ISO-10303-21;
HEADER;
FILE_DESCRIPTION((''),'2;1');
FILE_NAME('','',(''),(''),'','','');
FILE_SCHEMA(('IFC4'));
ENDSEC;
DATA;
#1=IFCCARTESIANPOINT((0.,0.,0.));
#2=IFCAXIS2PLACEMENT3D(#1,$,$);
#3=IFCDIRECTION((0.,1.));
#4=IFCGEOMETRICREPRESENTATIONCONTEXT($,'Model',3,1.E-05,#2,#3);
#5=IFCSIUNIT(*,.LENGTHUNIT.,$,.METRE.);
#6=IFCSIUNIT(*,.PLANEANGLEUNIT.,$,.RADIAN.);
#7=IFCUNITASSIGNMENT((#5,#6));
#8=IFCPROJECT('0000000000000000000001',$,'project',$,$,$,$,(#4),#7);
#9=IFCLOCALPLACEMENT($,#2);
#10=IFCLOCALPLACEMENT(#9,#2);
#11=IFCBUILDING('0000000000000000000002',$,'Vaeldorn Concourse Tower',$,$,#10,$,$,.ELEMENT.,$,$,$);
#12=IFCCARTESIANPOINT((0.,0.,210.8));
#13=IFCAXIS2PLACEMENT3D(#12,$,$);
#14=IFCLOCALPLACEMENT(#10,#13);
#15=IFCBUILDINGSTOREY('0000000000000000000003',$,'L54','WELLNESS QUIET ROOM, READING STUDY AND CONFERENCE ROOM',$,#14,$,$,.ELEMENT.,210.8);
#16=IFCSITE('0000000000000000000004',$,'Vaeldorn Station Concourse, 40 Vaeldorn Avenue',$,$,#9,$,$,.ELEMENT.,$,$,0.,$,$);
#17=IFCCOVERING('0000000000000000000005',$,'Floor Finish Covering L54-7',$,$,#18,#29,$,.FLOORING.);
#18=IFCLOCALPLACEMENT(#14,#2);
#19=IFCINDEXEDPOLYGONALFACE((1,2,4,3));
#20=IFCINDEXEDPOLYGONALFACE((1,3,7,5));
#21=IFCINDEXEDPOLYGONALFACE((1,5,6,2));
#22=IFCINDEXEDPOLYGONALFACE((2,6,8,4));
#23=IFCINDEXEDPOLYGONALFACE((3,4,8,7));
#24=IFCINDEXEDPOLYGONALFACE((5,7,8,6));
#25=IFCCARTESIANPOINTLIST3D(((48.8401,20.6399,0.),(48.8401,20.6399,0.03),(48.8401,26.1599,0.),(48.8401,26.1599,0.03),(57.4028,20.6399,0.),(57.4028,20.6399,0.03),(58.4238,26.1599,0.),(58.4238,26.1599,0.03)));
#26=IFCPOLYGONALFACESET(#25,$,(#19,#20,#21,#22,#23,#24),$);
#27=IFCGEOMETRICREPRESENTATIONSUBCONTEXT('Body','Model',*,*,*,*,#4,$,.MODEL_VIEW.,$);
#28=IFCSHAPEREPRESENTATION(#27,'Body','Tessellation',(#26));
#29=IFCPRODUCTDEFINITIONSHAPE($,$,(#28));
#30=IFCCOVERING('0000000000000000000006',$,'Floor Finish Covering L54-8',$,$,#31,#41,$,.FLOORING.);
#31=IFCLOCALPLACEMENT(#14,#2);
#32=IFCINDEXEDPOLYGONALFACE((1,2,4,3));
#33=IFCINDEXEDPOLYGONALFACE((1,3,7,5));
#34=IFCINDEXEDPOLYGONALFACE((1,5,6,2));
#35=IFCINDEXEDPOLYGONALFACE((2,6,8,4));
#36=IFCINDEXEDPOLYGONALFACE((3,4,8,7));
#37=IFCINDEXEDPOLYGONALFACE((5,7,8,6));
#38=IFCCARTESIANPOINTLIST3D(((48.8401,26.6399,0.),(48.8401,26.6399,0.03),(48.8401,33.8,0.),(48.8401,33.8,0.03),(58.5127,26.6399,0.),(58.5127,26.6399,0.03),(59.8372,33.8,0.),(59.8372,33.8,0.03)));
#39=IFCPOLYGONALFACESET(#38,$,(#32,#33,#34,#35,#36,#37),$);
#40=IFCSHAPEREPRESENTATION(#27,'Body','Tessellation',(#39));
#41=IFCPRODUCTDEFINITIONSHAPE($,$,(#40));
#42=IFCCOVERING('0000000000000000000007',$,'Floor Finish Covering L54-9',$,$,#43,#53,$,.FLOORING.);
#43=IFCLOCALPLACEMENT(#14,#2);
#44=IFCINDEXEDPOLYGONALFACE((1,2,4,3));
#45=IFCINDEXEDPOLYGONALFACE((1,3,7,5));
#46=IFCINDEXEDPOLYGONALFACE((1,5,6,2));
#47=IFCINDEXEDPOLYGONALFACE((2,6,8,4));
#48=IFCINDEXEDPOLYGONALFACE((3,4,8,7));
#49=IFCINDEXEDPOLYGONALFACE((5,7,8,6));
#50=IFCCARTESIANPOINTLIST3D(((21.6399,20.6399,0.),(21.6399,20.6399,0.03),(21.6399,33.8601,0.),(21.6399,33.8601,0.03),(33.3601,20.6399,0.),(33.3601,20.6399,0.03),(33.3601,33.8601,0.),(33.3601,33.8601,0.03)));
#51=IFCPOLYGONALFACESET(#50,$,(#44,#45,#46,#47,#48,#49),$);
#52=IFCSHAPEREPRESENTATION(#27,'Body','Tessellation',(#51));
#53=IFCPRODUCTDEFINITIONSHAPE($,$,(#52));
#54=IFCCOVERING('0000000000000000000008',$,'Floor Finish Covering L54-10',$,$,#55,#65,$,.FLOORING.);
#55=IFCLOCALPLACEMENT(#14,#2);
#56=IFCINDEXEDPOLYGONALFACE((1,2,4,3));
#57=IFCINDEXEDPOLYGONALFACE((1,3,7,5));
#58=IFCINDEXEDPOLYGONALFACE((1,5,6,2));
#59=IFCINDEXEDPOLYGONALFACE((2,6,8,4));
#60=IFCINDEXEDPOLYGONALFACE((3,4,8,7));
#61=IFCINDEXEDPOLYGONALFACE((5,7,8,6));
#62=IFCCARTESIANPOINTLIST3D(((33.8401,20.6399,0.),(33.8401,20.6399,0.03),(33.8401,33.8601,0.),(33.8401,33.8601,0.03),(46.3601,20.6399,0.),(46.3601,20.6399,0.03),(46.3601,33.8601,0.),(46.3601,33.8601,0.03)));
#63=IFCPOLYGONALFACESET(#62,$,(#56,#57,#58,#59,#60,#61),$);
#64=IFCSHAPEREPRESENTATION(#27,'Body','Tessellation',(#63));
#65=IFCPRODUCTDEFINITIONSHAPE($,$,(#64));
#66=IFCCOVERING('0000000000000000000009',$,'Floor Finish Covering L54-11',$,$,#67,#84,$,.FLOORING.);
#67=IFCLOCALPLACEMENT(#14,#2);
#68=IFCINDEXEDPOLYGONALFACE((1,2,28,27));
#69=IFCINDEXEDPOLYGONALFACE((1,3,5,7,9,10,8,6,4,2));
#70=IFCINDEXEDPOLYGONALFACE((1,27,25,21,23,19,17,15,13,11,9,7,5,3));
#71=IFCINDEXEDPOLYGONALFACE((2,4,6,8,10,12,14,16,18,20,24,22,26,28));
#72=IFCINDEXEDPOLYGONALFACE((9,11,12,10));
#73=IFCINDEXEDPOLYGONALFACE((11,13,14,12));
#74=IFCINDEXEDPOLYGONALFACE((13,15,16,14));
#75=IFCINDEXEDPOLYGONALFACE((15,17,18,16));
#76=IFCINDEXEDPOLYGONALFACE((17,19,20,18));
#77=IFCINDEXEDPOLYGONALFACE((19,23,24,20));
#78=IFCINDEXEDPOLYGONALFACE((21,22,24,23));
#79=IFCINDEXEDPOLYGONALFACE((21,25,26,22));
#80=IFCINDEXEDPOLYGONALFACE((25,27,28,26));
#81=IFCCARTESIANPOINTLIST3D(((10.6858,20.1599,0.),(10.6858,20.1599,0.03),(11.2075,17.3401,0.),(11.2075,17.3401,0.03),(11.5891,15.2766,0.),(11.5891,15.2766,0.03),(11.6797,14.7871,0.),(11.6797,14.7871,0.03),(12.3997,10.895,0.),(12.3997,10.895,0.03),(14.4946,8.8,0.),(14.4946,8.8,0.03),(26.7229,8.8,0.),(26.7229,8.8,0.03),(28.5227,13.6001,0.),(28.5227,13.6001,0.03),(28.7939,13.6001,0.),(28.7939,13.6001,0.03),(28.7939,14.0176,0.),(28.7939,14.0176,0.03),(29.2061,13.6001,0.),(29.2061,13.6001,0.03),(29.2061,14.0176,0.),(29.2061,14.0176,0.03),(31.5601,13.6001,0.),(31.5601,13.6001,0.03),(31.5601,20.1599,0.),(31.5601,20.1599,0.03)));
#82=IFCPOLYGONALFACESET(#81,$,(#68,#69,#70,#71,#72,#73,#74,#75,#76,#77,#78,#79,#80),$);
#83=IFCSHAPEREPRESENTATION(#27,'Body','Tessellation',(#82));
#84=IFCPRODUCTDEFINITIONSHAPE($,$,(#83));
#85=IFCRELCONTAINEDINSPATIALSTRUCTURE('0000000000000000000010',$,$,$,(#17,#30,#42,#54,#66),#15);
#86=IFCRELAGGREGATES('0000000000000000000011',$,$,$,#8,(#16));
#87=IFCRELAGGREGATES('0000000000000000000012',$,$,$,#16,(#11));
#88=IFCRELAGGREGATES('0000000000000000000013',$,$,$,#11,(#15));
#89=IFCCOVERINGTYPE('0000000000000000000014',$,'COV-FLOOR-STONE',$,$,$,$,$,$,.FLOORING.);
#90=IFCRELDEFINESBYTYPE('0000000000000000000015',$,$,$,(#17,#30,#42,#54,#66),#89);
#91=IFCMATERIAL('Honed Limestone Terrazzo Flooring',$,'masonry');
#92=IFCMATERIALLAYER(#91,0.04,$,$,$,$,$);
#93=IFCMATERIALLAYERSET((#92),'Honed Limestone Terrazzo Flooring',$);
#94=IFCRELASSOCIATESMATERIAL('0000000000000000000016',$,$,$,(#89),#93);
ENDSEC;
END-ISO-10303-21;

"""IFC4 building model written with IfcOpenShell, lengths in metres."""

from ifc_helpers import new_model, si_unit, direction, frame, origin, place, context, subcontext, project, spatial, polyline, outline, extrude, material, layer, layer_set, type_object, element, save


model = new_model("IFC4")

# Units and contexts
model_context = context("Model", 3, precision=1e-05, world=origin(), true_north=direction((0.0, 1.0)))
body_context = subcontext(model_context, "Body", "Model", "MODEL_VIEW")
ifc_project = project(units=[si_unit("LENGTHUNIT", "METRE"), si_unit("PLANEANGLEUNIT", "RADIAN")], contexts=[model_context])

# Site, building, storey
site_placement = place(None, origin())
site = spatial("IfcSite", under=ifc_project, at=site_placement, Name="Vaeldorn Station Concourse, 40 Vaeldorn Avenue", CompositionType="ELEMENT", RefElevation=0.0)
building_placement = place(site_placement, origin())
building = spatial("IfcBuilding", under=site, at=building_placement, Name="Vaeldorn Concourse Tower", CompositionType="ELEMENT")
storey_placement = place(building_placement, frame((0.0, 0.0, 210.8)))
storey = spatial("IfcBuildingStorey", under=building, at=storey_placement, Name="L54", Description="WELLNESS QUIET ROOM, READING STUDY AND CONFERENCE ROOM", CompositionType="ELEMENT", Elevation=210.8)

# Coverings
ifc_material_1 = material(Name="Honed Limestone Terrazzo Flooring", Category="masonry")
ifc_layer_1 = layer(ifc_material_1, 0.04)
ifc_layer_set_1 = layer_set([ifc_layer_1], Name="Honed Limestone Terrazzo Flooring")
covering_type_1 = type_object("IfcCoveringType", Name="COV-FLOOR-STONE", PredefinedType="FLOORING", material=ifc_layer_set_1)
covering_1_placement = place(storey_placement, origin())
element("IfcCovering", 1, at=covering_1_placement, inside=storey, type_object=covering_type_1, Name="Floor Finish Covering L54-7", PredefinedType="FLOORING", context=body_context, shape_type="SweptSolid", body=[
    extrude(outline(polyline([(48.8401, 20.6399), (48.8401, 26.1599), (58.4238, 26.1599), (57.4028, 20.6399), (48.8401, 20.6399)])), origin(), (0.0, 0.0, 1.0), 0.03),
])
covering_2_placement = place(storey_placement, origin())
element("IfcCovering", 2, at=covering_2_placement, inside=storey, type_object=covering_type_1, Name="Floor Finish Covering L54-8", PredefinedType="FLOORING", context=body_context, shape_type="SweptSolid", body=[
    extrude(outline(polyline([(48.8401, 26.6399), (48.8401, 33.8), (59.8372, 33.8), (58.5127, 26.6399), (48.8401, 26.6399)])), origin(), (0.0, 0.0, 1.0), 0.03),
])
covering_3_placement = place(storey_placement, origin())
element("IfcCovering", 3, at=covering_3_placement, inside=storey, type_object=covering_type_1, Name="Floor Finish Covering L54-9", PredefinedType="FLOORING", context=body_context, shape_type="SweptSolid", body=[
    extrude(outline(polyline([(21.6399, 33.8601), (33.3601, 33.8601), (33.3601, 20.6399), (21.6399, 20.6399), (21.6399, 33.8601)])), origin(), (0.0, 0.0, 1.0), 0.03),
])
covering_4_placement = place(storey_placement, origin())
element("IfcCovering", 4, at=covering_4_placement, inside=storey, type_object=covering_type_1, Name="Floor Finish Covering L54-10", PredefinedType="FLOORING", context=body_context, shape_type="SweptSolid", body=[
    extrude(outline(polyline([(33.8401, 33.8601), (46.3601, 33.8601), (46.3601, 20.6399), (33.8401, 20.6399), (33.8401, 33.8601)])), origin(), (0.0, 0.0, 1.0), 0.03),
])
covering_5_placement = place(storey_placement, origin())
element("IfcCovering", 5, at=covering_5_placement, inside=storey, type_object=covering_type_1, Name="Floor Finish Covering L54-11", PredefinedType="FLOORING", context=body_context, shape_type="SweptSolid", body=[
    extrude(outline(polyline([(31.5601, 20.1599), (31.5601, 13.6001), (29.2061, 13.6001), (29.2061, 14.0176), (28.7939, 14.0176), (28.7939, 13.6001), (28.5227, 13.6001), (26.7229, 8.8), (14.4946, 8.8), (12.3997, 10.895), (11.6797, 14.7871), (11.5891, 15.2766), (11.2075, 17.3401), (11.2075, 17.3401), (10.6858, 20.1599), (31.5601, 20.1599)])), origin(), (0.0, 0.0, 1.0), 0.03),
])

save(model, "model.ifc")
